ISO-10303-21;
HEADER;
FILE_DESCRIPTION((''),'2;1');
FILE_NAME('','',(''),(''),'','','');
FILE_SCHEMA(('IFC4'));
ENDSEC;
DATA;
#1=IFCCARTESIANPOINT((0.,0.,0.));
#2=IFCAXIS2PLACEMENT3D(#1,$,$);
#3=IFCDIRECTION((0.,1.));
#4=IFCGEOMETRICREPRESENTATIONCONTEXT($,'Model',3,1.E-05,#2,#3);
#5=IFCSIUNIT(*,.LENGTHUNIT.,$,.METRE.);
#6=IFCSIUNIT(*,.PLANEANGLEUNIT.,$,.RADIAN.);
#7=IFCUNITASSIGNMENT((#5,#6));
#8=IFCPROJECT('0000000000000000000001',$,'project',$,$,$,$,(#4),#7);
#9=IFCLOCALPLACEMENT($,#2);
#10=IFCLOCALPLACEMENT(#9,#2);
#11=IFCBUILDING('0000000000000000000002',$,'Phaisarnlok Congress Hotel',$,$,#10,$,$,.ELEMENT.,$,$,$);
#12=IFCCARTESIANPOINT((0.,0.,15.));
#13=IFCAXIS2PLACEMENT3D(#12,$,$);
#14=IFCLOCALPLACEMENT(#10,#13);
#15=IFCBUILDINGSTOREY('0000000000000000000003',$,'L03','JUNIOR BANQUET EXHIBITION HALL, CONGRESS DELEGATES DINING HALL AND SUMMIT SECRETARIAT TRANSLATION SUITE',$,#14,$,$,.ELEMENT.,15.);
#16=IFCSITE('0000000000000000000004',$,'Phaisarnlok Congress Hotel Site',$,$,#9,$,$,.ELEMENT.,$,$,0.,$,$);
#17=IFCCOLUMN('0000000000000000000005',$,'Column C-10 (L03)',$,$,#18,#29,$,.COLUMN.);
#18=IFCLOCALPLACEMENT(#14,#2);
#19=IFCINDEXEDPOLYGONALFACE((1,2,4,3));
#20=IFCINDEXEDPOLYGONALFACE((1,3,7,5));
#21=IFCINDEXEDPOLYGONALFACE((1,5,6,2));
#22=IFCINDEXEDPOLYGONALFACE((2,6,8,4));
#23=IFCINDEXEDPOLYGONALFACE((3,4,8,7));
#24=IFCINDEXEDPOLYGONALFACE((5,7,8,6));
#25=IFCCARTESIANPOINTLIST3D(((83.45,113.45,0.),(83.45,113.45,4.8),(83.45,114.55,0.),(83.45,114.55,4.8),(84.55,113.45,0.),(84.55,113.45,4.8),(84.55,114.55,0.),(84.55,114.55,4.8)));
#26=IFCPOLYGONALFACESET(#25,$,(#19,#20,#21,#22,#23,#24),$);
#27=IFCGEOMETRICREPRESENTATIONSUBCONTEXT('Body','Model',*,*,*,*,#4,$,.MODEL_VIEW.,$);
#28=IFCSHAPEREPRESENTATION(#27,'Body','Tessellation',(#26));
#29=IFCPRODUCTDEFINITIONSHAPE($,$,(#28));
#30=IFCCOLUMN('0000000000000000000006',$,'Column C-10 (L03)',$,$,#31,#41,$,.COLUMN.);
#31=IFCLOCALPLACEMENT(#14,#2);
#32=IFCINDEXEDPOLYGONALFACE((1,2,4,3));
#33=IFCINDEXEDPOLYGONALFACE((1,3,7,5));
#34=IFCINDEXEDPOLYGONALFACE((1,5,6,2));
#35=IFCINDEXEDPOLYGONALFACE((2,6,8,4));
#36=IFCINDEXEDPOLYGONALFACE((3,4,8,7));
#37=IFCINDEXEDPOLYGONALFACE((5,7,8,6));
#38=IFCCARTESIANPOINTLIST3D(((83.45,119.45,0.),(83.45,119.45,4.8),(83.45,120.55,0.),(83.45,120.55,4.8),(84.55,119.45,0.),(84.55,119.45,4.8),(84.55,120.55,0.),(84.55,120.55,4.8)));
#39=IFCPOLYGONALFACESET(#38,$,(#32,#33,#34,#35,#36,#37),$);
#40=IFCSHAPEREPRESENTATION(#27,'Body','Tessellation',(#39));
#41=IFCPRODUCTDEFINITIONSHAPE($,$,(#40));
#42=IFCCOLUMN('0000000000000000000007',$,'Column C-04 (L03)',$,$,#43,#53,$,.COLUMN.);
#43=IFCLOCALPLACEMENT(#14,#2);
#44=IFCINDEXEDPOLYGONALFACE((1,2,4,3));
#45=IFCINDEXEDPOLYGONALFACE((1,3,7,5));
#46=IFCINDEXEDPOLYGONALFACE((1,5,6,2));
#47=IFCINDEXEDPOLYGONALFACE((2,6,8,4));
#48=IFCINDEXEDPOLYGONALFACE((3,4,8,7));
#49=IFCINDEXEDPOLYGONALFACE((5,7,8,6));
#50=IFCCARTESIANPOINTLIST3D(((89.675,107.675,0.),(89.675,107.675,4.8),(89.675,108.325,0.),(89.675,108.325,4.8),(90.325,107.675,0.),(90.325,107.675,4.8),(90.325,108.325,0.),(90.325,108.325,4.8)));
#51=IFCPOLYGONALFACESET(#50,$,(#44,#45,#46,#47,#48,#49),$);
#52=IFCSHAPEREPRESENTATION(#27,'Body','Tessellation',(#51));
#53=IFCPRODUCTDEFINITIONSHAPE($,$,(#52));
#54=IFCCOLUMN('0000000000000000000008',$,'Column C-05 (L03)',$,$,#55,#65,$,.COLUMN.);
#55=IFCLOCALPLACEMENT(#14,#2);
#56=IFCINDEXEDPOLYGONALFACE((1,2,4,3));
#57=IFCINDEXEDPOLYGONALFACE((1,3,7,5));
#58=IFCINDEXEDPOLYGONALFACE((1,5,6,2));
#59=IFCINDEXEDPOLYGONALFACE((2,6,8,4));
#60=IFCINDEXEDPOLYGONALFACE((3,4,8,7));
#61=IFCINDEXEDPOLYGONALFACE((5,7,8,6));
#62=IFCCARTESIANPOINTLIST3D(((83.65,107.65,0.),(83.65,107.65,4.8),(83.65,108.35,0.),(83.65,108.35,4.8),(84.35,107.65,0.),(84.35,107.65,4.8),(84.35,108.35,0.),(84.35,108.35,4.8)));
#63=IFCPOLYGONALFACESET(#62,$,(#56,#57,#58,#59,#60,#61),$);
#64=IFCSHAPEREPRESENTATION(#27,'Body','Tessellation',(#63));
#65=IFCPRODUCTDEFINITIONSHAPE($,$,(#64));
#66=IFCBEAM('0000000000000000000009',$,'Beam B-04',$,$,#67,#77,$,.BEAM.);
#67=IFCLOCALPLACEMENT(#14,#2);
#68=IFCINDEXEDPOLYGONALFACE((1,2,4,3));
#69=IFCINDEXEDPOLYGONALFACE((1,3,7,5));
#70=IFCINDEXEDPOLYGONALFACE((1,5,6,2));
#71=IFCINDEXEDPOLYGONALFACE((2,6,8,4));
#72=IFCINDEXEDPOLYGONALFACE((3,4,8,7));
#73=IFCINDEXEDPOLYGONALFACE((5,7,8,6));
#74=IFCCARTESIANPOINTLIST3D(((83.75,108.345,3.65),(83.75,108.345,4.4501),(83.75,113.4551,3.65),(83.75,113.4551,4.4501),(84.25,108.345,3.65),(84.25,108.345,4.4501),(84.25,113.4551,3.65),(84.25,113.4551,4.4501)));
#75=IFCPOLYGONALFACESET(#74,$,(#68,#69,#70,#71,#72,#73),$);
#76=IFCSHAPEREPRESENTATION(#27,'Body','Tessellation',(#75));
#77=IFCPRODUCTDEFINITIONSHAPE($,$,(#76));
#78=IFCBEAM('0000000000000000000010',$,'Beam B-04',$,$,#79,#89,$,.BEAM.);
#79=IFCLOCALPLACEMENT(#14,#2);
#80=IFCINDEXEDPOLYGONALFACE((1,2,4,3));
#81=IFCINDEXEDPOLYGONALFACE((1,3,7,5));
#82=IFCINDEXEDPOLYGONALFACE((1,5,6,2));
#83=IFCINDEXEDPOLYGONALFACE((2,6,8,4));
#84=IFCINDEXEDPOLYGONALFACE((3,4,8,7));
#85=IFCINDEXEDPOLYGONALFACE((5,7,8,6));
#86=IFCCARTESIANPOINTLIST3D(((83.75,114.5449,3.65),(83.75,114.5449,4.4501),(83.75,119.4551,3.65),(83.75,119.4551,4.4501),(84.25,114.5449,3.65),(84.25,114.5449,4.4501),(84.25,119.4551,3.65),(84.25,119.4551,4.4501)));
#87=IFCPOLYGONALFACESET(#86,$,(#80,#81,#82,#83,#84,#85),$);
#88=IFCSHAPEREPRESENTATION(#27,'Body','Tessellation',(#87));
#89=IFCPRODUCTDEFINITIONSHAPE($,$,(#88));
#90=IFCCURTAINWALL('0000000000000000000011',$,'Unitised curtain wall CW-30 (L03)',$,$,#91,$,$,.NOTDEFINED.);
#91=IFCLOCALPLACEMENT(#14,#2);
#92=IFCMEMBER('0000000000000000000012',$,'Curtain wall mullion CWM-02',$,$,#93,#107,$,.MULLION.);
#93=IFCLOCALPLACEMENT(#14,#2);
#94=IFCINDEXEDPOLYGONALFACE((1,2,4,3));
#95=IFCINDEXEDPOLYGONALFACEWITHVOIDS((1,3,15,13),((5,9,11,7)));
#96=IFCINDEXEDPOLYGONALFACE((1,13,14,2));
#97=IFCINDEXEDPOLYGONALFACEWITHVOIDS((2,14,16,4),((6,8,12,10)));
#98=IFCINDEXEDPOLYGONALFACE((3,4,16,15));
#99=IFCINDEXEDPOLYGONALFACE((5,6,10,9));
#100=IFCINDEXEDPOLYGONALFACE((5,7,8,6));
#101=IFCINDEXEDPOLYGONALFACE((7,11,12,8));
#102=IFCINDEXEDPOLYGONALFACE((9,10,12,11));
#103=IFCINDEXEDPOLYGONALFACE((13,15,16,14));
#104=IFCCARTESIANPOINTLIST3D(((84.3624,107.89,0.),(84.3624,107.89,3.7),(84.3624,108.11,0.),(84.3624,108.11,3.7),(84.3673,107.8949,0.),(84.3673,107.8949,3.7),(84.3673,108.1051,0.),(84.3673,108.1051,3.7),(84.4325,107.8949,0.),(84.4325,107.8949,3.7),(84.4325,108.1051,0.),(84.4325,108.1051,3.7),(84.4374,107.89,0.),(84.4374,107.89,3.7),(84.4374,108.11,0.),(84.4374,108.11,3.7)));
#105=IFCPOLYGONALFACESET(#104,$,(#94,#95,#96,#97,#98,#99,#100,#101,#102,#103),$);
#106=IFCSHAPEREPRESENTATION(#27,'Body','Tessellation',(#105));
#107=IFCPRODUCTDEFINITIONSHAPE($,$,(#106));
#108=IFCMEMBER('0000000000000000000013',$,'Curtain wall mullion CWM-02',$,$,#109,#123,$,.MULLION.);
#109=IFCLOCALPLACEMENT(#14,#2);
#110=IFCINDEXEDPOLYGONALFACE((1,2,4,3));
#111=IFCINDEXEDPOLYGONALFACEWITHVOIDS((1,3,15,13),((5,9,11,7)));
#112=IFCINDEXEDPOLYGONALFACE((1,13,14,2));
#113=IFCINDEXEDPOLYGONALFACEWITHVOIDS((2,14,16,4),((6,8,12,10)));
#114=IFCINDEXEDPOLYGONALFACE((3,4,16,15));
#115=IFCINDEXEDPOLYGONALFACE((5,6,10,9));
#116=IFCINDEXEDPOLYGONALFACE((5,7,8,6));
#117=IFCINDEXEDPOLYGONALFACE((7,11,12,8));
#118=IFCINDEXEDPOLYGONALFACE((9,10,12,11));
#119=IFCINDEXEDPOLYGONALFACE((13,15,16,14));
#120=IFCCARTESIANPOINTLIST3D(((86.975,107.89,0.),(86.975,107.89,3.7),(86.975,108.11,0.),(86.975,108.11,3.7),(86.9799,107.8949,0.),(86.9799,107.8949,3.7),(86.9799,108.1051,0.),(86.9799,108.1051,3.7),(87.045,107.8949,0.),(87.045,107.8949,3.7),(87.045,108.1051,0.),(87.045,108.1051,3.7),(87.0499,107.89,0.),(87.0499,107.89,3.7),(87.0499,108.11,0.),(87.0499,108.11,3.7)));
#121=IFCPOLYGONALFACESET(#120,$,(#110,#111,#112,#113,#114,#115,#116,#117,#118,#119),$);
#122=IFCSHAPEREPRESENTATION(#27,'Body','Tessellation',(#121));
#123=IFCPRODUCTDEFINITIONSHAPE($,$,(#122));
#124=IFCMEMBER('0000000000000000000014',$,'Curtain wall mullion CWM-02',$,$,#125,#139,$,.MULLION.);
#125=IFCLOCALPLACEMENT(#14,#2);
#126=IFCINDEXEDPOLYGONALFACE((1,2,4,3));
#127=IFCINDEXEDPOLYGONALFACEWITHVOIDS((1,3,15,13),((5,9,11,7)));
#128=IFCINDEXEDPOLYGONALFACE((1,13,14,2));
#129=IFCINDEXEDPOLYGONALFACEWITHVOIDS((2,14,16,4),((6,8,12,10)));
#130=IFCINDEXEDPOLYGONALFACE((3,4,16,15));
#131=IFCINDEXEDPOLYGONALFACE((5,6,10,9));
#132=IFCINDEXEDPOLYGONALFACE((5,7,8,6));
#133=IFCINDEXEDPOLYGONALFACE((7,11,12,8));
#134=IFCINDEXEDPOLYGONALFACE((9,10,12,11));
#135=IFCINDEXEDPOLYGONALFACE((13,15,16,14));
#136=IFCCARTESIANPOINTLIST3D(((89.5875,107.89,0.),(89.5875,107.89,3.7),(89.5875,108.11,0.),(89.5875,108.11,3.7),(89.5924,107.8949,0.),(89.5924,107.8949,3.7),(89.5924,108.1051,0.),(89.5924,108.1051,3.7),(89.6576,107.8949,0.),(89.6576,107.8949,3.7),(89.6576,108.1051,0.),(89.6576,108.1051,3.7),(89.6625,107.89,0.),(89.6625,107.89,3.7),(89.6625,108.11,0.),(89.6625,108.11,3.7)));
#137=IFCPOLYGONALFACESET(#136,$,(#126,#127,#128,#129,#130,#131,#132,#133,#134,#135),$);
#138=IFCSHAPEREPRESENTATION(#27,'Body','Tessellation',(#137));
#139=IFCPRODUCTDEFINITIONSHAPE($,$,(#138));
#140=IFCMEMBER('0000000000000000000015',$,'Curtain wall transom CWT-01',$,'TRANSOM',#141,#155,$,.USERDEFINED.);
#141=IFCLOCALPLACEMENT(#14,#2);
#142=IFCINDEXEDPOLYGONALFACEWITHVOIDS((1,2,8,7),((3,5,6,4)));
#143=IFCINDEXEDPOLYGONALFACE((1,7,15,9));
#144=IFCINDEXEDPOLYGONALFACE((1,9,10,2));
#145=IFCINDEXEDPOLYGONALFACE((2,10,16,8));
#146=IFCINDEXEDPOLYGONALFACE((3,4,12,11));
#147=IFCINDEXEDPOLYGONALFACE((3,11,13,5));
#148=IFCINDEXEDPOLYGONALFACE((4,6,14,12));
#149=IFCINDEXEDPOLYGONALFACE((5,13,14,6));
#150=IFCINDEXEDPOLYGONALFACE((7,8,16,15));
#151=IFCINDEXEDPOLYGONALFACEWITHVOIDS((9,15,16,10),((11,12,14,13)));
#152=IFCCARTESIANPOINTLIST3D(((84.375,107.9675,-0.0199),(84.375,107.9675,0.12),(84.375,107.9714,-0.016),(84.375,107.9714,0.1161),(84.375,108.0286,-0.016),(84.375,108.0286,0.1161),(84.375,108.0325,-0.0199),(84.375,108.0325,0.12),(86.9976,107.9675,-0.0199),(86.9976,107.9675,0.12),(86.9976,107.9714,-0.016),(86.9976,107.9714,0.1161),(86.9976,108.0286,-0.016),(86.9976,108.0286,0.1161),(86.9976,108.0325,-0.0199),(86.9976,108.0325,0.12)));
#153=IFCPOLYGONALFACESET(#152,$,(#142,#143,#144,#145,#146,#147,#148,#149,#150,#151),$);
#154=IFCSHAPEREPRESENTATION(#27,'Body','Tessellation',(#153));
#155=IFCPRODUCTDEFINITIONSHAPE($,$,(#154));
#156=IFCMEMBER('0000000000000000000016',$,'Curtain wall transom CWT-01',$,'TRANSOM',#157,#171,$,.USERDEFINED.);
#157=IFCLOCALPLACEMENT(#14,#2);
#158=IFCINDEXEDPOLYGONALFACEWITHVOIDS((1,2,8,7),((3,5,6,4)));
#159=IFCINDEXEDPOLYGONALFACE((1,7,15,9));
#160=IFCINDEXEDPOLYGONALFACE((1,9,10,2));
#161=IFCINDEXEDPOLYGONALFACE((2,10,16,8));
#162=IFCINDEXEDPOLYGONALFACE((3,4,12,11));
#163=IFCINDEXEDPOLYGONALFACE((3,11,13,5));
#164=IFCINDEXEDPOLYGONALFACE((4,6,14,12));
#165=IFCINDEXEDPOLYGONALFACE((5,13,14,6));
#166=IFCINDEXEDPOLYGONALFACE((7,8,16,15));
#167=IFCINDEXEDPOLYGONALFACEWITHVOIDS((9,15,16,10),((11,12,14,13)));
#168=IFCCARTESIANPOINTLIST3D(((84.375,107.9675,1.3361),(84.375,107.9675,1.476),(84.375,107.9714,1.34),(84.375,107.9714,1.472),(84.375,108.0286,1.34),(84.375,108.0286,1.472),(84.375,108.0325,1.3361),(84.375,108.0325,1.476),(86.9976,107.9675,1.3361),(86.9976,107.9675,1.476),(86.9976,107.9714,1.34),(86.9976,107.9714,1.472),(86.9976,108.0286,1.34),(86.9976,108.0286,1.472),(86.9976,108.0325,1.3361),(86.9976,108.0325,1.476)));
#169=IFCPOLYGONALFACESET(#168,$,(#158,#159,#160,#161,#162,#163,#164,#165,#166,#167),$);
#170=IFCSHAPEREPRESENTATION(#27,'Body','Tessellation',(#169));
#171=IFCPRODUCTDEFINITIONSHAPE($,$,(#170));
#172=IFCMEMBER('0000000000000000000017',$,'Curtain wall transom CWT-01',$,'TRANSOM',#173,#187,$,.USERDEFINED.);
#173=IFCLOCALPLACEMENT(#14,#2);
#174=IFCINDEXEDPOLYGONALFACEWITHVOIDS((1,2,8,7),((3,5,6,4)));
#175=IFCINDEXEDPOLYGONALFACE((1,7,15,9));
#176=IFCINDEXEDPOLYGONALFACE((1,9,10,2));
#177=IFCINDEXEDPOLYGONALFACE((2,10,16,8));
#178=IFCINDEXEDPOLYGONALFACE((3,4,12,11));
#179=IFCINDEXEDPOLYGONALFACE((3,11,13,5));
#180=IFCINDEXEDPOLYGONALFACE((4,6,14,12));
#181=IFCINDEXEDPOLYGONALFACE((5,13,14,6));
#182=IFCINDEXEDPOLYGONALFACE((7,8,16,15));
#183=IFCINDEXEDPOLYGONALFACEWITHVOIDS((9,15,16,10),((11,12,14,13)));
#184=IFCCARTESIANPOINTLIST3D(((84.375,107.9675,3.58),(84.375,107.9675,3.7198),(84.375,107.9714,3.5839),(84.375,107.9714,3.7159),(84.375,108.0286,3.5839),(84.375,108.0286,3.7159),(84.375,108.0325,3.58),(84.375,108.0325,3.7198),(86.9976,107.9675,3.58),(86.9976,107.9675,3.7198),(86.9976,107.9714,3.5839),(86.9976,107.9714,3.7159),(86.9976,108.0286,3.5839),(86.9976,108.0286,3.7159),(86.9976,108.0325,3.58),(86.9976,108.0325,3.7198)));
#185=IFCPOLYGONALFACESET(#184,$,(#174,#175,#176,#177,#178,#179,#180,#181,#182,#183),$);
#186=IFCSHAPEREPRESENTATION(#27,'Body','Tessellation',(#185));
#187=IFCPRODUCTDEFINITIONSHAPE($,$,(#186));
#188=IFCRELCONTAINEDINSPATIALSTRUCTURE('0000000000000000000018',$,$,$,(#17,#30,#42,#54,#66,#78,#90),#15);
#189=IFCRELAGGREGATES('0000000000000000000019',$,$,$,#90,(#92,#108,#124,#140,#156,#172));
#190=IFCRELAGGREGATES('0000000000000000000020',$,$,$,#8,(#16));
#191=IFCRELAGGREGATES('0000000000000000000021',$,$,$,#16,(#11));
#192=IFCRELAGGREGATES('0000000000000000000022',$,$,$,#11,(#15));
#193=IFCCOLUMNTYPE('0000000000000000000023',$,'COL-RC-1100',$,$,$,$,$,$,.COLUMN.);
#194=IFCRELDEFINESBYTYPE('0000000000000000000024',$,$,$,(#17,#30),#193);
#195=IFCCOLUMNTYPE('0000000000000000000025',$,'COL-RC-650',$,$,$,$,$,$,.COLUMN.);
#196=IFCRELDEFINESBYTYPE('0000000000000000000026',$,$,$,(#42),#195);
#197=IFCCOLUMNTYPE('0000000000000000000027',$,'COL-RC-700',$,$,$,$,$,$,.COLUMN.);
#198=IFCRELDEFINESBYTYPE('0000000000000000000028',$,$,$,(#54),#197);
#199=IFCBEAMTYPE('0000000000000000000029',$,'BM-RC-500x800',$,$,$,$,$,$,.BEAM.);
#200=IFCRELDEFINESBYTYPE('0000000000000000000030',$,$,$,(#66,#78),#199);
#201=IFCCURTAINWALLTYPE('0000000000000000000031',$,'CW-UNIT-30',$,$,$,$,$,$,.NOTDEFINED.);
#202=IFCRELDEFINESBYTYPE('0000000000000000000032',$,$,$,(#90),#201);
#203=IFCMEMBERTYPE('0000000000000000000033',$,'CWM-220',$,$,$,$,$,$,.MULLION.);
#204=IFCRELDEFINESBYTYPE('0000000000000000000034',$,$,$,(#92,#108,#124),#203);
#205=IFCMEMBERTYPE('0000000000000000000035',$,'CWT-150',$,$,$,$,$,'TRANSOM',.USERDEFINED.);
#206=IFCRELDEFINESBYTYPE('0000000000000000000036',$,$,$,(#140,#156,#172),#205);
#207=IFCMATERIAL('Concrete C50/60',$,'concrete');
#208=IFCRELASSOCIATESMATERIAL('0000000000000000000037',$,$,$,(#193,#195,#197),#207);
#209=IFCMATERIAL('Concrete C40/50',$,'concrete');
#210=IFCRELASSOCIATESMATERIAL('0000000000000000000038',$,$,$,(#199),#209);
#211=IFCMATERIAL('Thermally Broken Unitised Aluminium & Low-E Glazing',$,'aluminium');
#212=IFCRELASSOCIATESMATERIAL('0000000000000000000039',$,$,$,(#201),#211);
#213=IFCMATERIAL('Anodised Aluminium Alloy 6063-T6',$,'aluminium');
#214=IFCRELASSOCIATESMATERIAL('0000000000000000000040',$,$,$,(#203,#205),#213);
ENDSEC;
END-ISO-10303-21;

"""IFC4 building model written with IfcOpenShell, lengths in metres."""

from ifc_helpers import new_model, si_unit, direction, frame, origin, origin_2d, place, context, subcontext, project, spatial, rectangle, hollow_rectangle, extrude, material, material_profile, profile_set, type_object, element, aggregate, save


model = new_model("IFC4")

# Units and contexts
model_context = context("Model", 3, precision=1e-05, world=origin(), true_north=direction((0.0, 1.0)))
body_context = subcontext(model_context, "Body", "Model", "MODEL_VIEW")
ifc_project = project(units=[si_unit("LENGTHUNIT", "METRE"), si_unit("PLANEANGLEUNIT", "RADIAN")], contexts=[model_context])

# Site, building, storey
site_placement = place(None, origin())
site = spatial("IfcSite", under=ifc_project, at=site_placement, Name="Phaisarnlok Congress Hotel Site", CompositionType="ELEMENT", RefElevation=0.0)
building_placement = place(site_placement, origin())
building = spatial("IfcBuilding", under=site, at=building_placement, Name="Phaisarnlok Congress Hotel", CompositionType="ELEMENT")
storey_placement = place(building_placement, frame((0.0, 0.0, 15.0)))
storey = spatial("IfcBuildingStorey", under=building, at=storey_placement, Name="L03", Description="JUNIOR BANQUET EXHIBITION HALL, CONGRESS DELEGATES DINING HALL AND SUMMIT SECRETARIAT TRANSLATION SUITE", CompositionType="ELEMENT", Elevation=15.0)

# Columns
ifc_material_1 = material(Name="Concrete C50/60", Category="concrete")
ifc_material_profile_1 = material_profile(ifc_material_1, rectangle(XDim=1.1001, YDim=1.1001, at=origin_2d()), Name="RC 1100x1100")
ifc_profile_set_1 = profile_set([ifc_material_profile_1], Name="Concrete C50/60")
column_type_1 = type_object("IfcColumnType", Name="COL-RC-1100", PredefinedType="COLUMN", material=ifc_profile_set_1)
for number, where, z_axis, x_axis, name in (
    (1, (84.0, 114.0, 0.0), (0.0, 0.0, 1.0), (1.0, 0.0, 0.0), "Column C-10 (L03)"),
    (2, (84.0, 120.0, 0.0), (0.0, 0.0, 1.0), (1.0, 0.0, 0.0), "Column C-10 (L03)"),
):
    element("IfcColumn", number, at=place(storey_placement, frame(where, z_axis=z_axis, x_axis=x_axis)), inside=storey, type_object=column_type_1, Name=name, PredefinedType="COLUMN", context=body_context, shape_type="SweptSolid", body=[
        extrude(rectangle(XDim=1.1001, YDim=1.1001, at=origin_2d()), origin(), (0.0, 0.0, 1.0), 4.8),
    ])
ifc_material_profile_2 = material_profile(ifc_material_1, rectangle(XDim=0.6499, YDim=0.6499, at=origin_2d()), Name="RC 650x650")
ifc_profile_set_2 = profile_set([ifc_material_profile_2], Name="Concrete C50/60")
column_type_2 = type_object("IfcColumnType", Name="COL-RC-650", PredefinedType="COLUMN", material=ifc_profile_set_2)
column_1_placement = place(storey_placement, frame((90.0, 108.0, 0.0), z_axis=(0.0, 0.0, 1.0), x_axis=(1.0, 0.0, 0.0)))
element("IfcColumn", 3, at=column_1_placement, inside=storey, type_object=column_type_2, Name="Column C-04 (L03)", PredefinedType="COLUMN", context=body_context, shape_type="SweptSolid", body=[
    extrude(rectangle(XDim=0.6499, YDim=0.6499, at=origin_2d()), origin(), (0.0, 0.0, 1.0), 4.8),
])
ifc_material_profile_3 = material_profile(ifc_material_1, rectangle(XDim=0.7, YDim=0.7, at=origin_2d()), Name="RC 700x700")
ifc_profile_set_3 = profile_set([ifc_material_profile_3], Name="Concrete C50/60")
column_type_3 = type_object("IfcColumnType", Name="COL-RC-700", PredefinedType="COLUMN", material=ifc_profile_set_3)
column_2_placement = place(storey_placement, frame((84.0, 108.0, 0.0), z_axis=(0.0, 0.0, 1.0), x_axis=(1.0, 0.0, 0.0)))
element("IfcColumn", 4, at=column_2_placement, inside=storey, type_object=column_type_3, Name="Column C-05 (L03)", PredefinedType="COLUMN", context=body_context, shape_type="SweptSolid", body=[
    extrude(rectangle(XDim=0.7, YDim=0.7, at=origin_2d()), origin(), (0.0, 0.0, 1.0), 4.8),
])

# Beams
ifc_material_2 = material(Name="Concrete C40/50", Category="concrete")
ifc_material_profile_4 = material_profile(ifc_material_2, rectangle(XDim=0.5, YDim=0.8, at=origin_2d()), Name="RC 500x800")
ifc_profile_set_4 = profile_set([ifc_material_profile_4], Name="Concrete C40/50")
beam_type_1 = type_object("IfcBeamType", Name="BM-RC-500x800", PredefinedType="BEAM", material=ifc_profile_set_4)
beam_1_placement = place(storey_placement, frame((84.0, 108.345, 4.05), z_axis=(0.0, 1.0, 0.0), x_axis=(-1.0, 0.0, 0.0)))
element("IfcBeam", 5, at=beam_1_placement, inside=storey, type_object=beam_type_1, Name="Beam B-04", PredefinedType="BEAM", context=body_context, shape_type="SweptSolid", body=[
    extrude(rectangle(XDim=0.5, YDim=0.8, at=origin_2d()), origin(), (0.0, 0.0, 1.0), 5.1101),
])
beam_2_placement = place(storey_placement, frame((84.0, 114.5449, 4.05), z_axis=(0.0, 1.0, 0.0), x_axis=(-1.0, 0.0, 0.0)))
element("IfcBeam", 6, at=beam_2_placement, inside=storey, type_object=beam_type_1, Name="Beam B-04", PredefinedType="BEAM", context=body_context, shape_type="SweptSolid", body=[
    extrude(rectangle(XDim=0.5, YDim=0.8, at=origin_2d()), origin(), (0.0, 0.0, 1.0), 4.9102),
])

# Curtain wall, members
ifc_material_3 = material(Name="Thermally Broken Unitised Aluminium & Low-E Glazing", Category="aluminium")
curtain_wall_type = type_object("IfcCurtainWallType", Name="CW-UNIT-30", PredefinedType="NOTDEFINED", material=ifc_material_3)
curtain_wall_placement = place(storey_placement, origin())
curtain_wall = element("IfcCurtainWall", 7, at=curtain_wall_placement, inside=storey, type_object=curtain_wall_type, Name="Unitised curtain wall CW-30 (L03)", PredefinedType="NOTDEFINED")
ifc_material_4 = material(Name="Anodised Aluminium Alloy 6063-T6", Category="aluminium")
ifc_material_profile_5 = material_profile(ifc_material_4, hollow_rectangle(XDim=0.075, YDim=0.22, WallThickness=0.0049, at=origin_2d()), Name="ALU-M 75x220x5")
ifc_profile_set_5 = profile_set([ifc_material_profile_5], Name="Anodised Aluminium Alloy 6063-T6")
member_type_1 = type_object("IfcMemberType", Name="CWM-220", PredefinedType="MULLION", material=ifc_profile_set_5)
member_1_placement = place(storey_placement, frame((84.3999, 108.0, 0.0), z_axis=(0.0, 0.0, 1.0), x_axis=(1.0, 0.0, 0.0)))
member_1 = element("IfcMember", 8, at=member_1_placement, type_object=member_type_1, Name="Curtain wall mullion CWM-02", PredefinedType="MULLION", context=body_context, shape_type="SweptSolid", body=[
    extrude(hollow_rectangle(XDim=0.075, YDim=0.22, WallThickness=0.0049, at=origin_2d()), origin(), (0.0, 0.0, 1.0), 3.7),
])
member_2_placement = place(storey_placement, frame((87.0125, 108.0, 0.0), z_axis=(0.0, 0.0, 1.0), x_axis=(1.0, 0.0, 0.0)))
member_2 = element("IfcMember", 9, at=member_2_placement, type_object=member_type_1, Name="Curtain wall mullion CWM-02", PredefinedType="MULLION", context=body_context, shape_type="SweptSolid", body=[
    extrude(hollow_rectangle(XDim=0.075, YDim=0.22, WallThickness=0.0049, at=origin_2d()), origin(), (0.0, 0.0, 1.0), 3.7),
])
member_3_placement = place(storey_placement, frame((89.625, 108.0, 0.0), z_axis=(0.0, 0.0, 1.0), x_axis=(1.0, 0.0, 0.0)))
member_3 = element("IfcMember", 10, at=member_3_placement, type_object=member_type_1, Name="Curtain wall mullion CWM-02", PredefinedType="MULLION", context=body_context, shape_type="SweptSolid", body=[
    extrude(hollow_rectangle(XDim=0.075, YDim=0.22, WallThickness=0.0049, at=origin_2d()), origin(), (0.0, 0.0, 1.0), 3.7),
])
ifc_material_profile_6 = material_profile(ifc_material_4, hollow_rectangle(XDim=0.0649, YDim=0.1399, WallThickness=0.0039, at=origin_2d()), Name="ALU-T 65x140x4")
ifc_profile_set_6 = profile_set([ifc_material_profile_6], Name="Anodised Aluminium Alloy 6063-T6")
member_type_2 = type_object("IfcMemberType", Name="CWT-150", ElementType="TRANSOM", PredefinedType="USERDEFINED", material=ifc_profile_set_6)
member_4_placement = place(storey_placement, frame((84.375, 108.0, 0.05), z_axis=(1.0, 0.0, 0.0), x_axis=(0.0, 1.0, 0.0)))
member_4 = element("IfcMember", 11, at=member_4_placement, type_object=member_type_2, Name="Curtain wall transom CWT-01", ObjectType="TRANSOM", PredefinedType="USERDEFINED", context=body_context, shape_type="SweptSolid", body=[
    extrude(hollow_rectangle(XDim=0.0649, YDim=0.1399, WallThickness=0.0039, at=origin_2d()), origin(), (0.0, 0.0, 1.0), 2.6226),
])
member_5_placement = place(storey_placement, frame((84.375, 108.0, 1.406), z_axis=(1.0, 0.0, 0.0), x_axis=(0.0, 1.0, 0.0)))
member_5 = element("IfcMember", 12, at=member_5_placement, type_object=member_type_2, Name="Curtain wall transom CWT-01", ObjectType="TRANSOM", PredefinedType="USERDEFINED", context=body_context, shape_type="SweptSolid", body=[
    extrude(hollow_rectangle(XDim=0.0649, YDim=0.1399, WallThickness=0.0039, at=origin_2d()), origin(), (0.0, 0.0, 1.0), 2.6226),
])
member_6_placement = place(storey_placement, frame((84.375, 108.0, 3.6499), z_axis=(1.0, 0.0, 0.0), x_axis=(0.0, 1.0, 0.0)))
member_6 = element("IfcMember", 13, at=member_6_placement, type_object=member_type_2, Name="Curtain wall transom CWT-01", ObjectType="TRANSOM", PredefinedType="USERDEFINED", context=body_context, shape_type="SweptSolid", body=[
    extrude(hollow_rectangle(XDim=0.0649, YDim=0.1399, WallThickness=0.0039, at=origin_2d()), origin(), (0.0, 0.0, 1.0), 2.6226),
])

aggregate(curtain_wall, [member_1, member_2, member_3, member_4, member_5, member_6])

save(model, "model.ifc")
